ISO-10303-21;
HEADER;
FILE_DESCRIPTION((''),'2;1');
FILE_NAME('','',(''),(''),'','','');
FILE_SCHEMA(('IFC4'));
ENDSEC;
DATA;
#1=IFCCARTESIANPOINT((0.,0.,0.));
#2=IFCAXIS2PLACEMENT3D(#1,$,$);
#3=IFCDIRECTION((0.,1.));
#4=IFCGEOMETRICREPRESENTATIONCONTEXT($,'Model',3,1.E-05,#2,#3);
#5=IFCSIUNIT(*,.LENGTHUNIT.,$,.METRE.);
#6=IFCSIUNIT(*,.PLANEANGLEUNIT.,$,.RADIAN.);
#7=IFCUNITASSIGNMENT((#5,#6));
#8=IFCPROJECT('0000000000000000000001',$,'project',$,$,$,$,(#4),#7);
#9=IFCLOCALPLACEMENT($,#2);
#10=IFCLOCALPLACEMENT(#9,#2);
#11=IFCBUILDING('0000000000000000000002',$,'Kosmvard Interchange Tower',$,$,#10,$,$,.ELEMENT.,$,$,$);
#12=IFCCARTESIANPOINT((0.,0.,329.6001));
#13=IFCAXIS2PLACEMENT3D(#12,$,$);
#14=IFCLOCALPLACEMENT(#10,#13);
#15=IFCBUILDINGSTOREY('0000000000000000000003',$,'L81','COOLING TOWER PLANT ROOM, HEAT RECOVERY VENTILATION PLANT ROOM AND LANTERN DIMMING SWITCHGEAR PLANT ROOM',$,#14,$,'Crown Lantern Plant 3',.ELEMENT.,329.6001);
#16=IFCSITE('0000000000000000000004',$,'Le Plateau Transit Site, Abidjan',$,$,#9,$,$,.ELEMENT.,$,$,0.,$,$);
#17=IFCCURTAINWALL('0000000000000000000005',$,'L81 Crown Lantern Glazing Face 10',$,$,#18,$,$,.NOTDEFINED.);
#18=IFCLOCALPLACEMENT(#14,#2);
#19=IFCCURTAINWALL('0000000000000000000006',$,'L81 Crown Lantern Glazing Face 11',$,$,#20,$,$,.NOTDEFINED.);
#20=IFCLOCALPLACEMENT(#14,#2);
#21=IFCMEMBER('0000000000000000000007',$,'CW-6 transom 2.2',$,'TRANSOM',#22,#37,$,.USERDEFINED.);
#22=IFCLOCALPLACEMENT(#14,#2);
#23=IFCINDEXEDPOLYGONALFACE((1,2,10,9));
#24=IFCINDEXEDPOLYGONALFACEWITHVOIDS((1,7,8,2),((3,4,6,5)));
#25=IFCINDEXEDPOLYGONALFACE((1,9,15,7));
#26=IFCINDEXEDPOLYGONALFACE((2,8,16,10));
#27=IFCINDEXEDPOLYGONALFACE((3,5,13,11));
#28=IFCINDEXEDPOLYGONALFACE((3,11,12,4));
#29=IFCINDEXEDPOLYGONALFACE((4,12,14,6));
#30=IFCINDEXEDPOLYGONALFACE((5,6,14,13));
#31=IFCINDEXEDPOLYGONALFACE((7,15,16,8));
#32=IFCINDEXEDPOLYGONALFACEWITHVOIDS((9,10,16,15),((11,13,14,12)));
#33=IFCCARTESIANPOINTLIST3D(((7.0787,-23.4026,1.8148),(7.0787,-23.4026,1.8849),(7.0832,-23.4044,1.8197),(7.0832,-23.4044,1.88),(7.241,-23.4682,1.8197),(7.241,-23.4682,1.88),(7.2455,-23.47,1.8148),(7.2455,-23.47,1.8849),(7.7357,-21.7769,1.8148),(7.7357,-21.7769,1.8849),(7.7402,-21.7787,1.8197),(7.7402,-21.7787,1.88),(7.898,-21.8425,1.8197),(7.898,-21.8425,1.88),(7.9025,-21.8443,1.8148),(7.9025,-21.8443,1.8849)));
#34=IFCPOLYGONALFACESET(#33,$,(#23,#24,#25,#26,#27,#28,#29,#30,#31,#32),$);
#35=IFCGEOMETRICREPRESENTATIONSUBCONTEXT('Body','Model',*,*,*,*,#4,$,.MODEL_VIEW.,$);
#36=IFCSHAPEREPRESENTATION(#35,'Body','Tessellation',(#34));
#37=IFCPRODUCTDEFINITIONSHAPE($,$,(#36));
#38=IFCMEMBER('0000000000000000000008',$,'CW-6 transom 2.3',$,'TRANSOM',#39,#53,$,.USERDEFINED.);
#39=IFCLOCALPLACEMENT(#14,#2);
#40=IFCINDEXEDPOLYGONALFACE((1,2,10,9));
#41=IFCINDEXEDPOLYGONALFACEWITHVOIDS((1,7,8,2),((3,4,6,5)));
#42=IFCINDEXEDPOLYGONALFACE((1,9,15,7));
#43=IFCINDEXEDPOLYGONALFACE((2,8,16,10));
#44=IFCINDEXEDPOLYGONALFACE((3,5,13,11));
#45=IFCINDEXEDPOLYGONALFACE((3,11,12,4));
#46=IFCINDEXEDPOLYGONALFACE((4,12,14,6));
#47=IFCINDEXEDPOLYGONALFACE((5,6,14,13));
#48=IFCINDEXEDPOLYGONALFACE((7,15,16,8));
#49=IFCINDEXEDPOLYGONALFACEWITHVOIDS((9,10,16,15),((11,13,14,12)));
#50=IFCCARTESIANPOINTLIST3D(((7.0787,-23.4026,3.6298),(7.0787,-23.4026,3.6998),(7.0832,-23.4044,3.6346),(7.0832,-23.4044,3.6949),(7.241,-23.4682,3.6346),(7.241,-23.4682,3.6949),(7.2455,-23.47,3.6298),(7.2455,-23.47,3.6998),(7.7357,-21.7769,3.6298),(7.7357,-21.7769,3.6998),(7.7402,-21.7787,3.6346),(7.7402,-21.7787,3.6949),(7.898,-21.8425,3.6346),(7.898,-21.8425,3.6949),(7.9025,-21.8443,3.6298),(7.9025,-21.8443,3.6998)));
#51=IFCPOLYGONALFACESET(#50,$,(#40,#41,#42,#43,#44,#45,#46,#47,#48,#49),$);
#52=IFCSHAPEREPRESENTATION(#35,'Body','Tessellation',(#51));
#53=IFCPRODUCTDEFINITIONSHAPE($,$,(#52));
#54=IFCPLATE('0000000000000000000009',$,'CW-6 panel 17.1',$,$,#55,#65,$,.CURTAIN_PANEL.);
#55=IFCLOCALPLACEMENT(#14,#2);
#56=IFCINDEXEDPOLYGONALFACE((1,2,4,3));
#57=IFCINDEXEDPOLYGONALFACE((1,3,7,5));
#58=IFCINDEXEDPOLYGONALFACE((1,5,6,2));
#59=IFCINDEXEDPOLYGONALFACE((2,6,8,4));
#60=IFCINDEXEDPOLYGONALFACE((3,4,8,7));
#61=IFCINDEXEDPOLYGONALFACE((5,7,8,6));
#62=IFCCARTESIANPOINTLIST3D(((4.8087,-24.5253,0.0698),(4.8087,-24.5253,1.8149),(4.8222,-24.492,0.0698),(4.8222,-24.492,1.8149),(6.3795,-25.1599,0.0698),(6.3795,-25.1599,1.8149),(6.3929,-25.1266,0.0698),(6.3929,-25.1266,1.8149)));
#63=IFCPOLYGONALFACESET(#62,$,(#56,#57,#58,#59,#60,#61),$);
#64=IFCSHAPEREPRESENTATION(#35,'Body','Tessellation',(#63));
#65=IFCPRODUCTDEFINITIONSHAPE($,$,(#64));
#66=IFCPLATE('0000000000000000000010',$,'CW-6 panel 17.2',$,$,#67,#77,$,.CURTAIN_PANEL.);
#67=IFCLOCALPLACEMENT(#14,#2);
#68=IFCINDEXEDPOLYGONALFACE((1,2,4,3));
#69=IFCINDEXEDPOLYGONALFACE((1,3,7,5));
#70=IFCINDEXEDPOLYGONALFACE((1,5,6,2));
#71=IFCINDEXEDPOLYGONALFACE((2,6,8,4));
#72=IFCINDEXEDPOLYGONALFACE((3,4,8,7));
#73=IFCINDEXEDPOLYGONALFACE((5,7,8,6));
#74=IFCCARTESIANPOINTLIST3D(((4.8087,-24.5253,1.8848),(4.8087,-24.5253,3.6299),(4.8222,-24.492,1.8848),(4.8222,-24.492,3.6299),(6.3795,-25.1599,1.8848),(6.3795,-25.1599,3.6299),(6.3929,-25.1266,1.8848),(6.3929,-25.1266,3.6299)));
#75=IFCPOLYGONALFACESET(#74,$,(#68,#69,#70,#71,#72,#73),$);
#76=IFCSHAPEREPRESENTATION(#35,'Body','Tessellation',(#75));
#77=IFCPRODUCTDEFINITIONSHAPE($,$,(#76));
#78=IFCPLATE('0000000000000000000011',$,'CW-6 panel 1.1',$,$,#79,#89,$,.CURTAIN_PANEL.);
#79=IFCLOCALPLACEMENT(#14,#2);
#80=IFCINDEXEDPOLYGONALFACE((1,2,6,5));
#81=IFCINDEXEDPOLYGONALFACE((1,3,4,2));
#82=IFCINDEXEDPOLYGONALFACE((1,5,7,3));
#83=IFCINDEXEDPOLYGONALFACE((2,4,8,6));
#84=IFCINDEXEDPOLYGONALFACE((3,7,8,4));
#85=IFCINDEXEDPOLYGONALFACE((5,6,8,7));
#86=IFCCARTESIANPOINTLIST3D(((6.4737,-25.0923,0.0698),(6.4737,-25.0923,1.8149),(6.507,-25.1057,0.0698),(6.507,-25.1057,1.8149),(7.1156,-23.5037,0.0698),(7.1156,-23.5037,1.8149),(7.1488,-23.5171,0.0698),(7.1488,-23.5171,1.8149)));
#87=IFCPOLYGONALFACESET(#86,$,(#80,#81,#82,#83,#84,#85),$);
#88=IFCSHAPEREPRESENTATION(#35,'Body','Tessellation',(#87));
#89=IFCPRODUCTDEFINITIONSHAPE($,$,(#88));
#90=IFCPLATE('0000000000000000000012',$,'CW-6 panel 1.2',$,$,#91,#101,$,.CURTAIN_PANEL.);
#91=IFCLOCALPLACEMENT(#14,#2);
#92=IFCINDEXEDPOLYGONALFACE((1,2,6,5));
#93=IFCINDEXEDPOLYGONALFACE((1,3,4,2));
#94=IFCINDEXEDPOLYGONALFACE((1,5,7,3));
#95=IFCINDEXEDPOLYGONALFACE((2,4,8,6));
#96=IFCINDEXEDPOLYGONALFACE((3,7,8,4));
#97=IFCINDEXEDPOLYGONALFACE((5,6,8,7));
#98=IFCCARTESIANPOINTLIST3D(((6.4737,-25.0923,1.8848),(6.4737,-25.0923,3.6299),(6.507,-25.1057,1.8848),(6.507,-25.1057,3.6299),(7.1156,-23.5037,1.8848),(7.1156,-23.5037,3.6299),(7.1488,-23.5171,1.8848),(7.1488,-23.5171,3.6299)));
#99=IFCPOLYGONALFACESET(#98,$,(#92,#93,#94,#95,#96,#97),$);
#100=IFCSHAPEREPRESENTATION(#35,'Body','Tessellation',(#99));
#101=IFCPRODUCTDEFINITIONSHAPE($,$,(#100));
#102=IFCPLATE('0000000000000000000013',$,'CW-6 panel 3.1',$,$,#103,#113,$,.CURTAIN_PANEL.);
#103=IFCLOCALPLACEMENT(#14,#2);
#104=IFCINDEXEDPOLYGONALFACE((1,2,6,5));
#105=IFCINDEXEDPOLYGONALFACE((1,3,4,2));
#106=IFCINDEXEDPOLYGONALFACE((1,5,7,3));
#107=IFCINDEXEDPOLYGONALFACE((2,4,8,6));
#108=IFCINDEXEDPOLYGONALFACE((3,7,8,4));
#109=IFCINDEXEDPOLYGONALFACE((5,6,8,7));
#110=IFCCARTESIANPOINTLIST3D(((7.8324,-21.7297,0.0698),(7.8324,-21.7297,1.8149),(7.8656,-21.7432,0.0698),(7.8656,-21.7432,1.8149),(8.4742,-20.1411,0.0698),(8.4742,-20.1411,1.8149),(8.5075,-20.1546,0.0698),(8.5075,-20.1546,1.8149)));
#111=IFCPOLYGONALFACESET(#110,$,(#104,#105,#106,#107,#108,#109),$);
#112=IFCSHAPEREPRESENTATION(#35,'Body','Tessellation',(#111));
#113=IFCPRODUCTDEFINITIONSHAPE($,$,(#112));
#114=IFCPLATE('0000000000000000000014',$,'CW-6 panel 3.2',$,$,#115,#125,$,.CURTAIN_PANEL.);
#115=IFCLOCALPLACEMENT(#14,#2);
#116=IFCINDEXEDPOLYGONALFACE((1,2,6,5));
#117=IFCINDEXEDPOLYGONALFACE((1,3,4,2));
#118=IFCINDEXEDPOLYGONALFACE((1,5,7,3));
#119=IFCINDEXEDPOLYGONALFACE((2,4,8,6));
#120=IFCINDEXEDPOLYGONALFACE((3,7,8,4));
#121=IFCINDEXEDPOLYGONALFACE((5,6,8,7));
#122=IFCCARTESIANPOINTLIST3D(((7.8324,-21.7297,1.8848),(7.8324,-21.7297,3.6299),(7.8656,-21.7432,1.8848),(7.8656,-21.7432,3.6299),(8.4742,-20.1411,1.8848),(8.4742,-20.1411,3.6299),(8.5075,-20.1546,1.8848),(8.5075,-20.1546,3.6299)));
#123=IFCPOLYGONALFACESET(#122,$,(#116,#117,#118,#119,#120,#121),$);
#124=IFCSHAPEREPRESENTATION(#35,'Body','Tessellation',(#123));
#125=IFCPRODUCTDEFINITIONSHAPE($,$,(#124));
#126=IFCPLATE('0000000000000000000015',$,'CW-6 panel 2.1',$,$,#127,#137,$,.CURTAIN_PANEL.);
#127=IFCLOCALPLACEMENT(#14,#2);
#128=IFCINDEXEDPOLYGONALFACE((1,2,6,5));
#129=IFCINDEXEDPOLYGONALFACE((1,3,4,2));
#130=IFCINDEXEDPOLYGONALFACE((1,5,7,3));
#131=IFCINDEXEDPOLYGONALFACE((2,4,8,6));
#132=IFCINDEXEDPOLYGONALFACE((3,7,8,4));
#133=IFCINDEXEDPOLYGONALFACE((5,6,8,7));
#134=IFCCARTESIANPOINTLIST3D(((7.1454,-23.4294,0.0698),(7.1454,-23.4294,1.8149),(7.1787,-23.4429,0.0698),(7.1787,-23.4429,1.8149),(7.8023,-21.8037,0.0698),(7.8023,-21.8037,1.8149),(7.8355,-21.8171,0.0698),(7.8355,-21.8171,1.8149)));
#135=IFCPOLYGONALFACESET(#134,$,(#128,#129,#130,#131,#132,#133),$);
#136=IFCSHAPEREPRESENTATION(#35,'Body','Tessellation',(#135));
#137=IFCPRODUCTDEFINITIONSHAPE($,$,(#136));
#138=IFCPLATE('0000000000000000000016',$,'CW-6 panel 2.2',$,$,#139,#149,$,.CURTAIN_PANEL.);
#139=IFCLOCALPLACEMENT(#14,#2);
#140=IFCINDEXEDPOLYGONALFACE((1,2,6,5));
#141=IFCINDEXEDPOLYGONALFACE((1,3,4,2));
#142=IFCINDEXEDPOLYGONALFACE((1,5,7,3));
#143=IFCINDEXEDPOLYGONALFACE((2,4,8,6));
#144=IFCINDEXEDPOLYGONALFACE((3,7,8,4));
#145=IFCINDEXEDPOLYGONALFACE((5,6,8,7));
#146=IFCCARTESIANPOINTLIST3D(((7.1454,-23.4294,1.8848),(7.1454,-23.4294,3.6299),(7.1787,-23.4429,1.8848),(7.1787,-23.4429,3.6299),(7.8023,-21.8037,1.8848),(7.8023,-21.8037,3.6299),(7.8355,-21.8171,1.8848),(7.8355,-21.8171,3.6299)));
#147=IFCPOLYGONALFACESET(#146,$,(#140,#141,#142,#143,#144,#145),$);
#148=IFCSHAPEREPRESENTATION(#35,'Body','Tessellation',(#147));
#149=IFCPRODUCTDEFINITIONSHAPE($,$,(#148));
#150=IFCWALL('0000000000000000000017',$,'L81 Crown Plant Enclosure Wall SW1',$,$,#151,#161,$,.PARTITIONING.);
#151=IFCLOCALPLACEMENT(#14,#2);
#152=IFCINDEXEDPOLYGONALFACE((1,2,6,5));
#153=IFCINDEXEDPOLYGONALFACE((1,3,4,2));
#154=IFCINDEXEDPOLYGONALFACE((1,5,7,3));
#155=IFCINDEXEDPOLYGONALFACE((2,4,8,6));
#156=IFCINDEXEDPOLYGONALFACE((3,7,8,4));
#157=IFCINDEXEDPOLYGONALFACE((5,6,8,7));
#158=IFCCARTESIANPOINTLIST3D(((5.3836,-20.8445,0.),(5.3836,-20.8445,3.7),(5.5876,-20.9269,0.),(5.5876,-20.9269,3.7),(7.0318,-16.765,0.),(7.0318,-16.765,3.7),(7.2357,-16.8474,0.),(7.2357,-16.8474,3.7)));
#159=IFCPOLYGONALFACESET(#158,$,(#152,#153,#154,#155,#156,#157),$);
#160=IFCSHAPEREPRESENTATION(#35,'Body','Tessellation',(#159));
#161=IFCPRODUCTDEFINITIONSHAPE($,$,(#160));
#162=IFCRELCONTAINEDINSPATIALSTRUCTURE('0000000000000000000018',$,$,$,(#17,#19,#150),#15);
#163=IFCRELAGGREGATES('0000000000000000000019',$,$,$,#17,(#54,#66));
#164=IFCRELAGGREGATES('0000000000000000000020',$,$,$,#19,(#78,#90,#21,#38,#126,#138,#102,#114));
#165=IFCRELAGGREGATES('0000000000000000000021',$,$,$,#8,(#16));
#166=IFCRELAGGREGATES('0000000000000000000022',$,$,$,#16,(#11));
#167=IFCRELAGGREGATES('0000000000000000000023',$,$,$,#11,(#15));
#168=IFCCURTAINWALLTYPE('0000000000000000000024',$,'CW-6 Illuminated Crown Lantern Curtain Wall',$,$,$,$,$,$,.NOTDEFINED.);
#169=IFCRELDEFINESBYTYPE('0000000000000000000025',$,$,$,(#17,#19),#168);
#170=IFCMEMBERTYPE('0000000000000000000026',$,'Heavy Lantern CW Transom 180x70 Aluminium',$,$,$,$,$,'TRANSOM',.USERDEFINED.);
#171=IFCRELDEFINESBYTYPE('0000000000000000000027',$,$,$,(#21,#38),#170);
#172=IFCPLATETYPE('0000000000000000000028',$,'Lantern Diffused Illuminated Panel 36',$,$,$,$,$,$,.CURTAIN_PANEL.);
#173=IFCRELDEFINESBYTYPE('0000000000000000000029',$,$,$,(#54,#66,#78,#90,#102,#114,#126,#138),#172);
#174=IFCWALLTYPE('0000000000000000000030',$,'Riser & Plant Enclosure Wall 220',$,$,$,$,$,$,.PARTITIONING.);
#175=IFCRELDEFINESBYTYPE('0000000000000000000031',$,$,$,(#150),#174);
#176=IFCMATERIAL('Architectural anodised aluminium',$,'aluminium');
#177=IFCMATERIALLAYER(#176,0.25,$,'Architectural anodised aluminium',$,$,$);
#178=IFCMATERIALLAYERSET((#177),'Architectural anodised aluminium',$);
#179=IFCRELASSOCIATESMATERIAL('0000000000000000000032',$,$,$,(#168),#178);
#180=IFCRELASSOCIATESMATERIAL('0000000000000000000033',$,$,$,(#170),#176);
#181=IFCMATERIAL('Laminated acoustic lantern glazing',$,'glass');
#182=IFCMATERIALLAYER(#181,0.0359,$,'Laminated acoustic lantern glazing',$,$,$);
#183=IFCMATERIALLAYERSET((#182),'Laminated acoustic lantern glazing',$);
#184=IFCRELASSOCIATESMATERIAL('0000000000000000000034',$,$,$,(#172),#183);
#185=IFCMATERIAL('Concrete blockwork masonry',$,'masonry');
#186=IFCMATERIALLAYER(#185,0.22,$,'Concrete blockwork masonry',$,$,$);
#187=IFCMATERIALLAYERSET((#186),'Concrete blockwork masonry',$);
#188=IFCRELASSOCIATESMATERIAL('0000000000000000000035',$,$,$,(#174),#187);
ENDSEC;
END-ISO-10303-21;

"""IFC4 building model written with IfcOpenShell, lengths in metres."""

from ifc_helpers import new_model, si_unit, direction, frame, frame_2d, origin, origin_2d, place, context, subcontext, project, spatial, rectangle, hollow_rectangle, extrude, source, transform, mapped, material, layer, layer_set, material_profile, profile_set, type_object, element, aggregate, save


model = new_model("IFC4")

# Units and contexts
model_context = context("Model", 3, precision=1e-05, world=origin(), true_north=direction((0.0, 1.0)))
body_context = subcontext(model_context, "Body", "Model", "MODEL_VIEW")
ifc_project = project(units=[si_unit("LENGTHUNIT", "METRE"), si_unit("PLANEANGLEUNIT", "RADIAN")], contexts=[model_context])

# Site, building, storey
site_placement = place(None, origin())
site = spatial("IfcSite", under=ifc_project, at=site_placement, Name="Le Plateau Transit Site, Abidjan", CompositionType="ELEMENT", RefElevation=0.0)
building_placement = place(site_placement, origin())
building = spatial("IfcBuilding", under=site, at=building_placement, Name="Kosmvard Interchange Tower", CompositionType="ELEMENT")
storey_placement = place(building_placement, frame((0.0, 0.0, 329.6001)))
storey = spatial("IfcBuildingStorey", under=building, at=storey_placement, Name="L81", Description="COOLING TOWER PLANT ROOM, HEAT RECOVERY VENTILATION PLANT ROOM AND LANTERN DIMMING SWITCHGEAR PLANT ROOM", LongName="Crown Lantern Plant 3", CompositionType="ELEMENT", Elevation=329.6001)

# Curtain wall
ifc_material_1 = material(Name="Architectural anodised aluminium", Category="aluminium")
ifc_layer_1 = layer(ifc_material_1, 0.25, Name="Architectural anodised aluminium")
ifc_layer_set_1 = layer_set([ifc_layer_1], Name="Architectural anodised aluminium")
curtain_wall_type = type_object("IfcCurtainWallType", Name="CW-6 Illuminated Crown Lantern Curtain Wall", PredefinedType="NOTDEFINED", material=ifc_layer_set_1)
curtain_wall_1_placement = place(storey_placement, origin())
curtain_wall_1 = element("IfcCurtainWall", 1, at=curtain_wall_1_placement, inside=storey, type_object=curtain_wall_type, Name="L81 Crown Lantern Glazing Face 10", PredefinedType="NOTDEFINED")

# Curtain wall, members
curtain_wall_2_placement = place(storey_placement, origin())
curtain_wall_2 = element("IfcCurtainWall", 2, at=curtain_wall_2_placement, inside=storey, type_object=curtain_wall_type, Name="L81 Crown Lantern Glazing Face 11", PredefinedType="NOTDEFINED")
ifc_material_profile_1 = material_profile(ifc_material_1, hollow_rectangle(XDim=0.1799, YDim=0.0701, WallThickness=0.0049, at=origin_2d()), Name="CWT 180x70x5")
ifc_profile_set_1 = profile_set([ifc_material_profile_1], Name="Architectural anodised aluminium")
member_type_1 = type_object("IfcMemberType", Name="Heavy Lantern CW Transom 180x70 Aluminium", ElementType="TRANSOM", PredefinedType="USERDEFINED", material=ifc_profile_set_1)
shared_shape_1 = source(origin(), body_context, "Body", "SweptSolid", [
    extrude(hollow_rectangle(XDim=0.1799, YDim=0.0701, WallThickness=0.0049, at=origin_2d()), origin(), (0.0, 0.0, 1.0), 1.7534),
])
member_1_placement = place(storey_placement, frame((7.1621, -23.4363, 1.8499), z_axis=(0.374677, 0.927155, 0.0), x_axis=(-0.927155, 0.374677, 0.0)))
member_1 = element("IfcMember", 3, at=member_1_placement, type_object=member_type_1, Name="CW-6 transom 2.2", ObjectType="TRANSOM", PredefinedType="USERDEFINED", context=body_context, shape_type="MappedRepresentation", body=[
    mapped(shared_shape_1, transform((0.0, 0.0, 0.0), scale=1.0)),
])
member_2_placement = place(storey_placement, frame((7.1621, -23.4363, 3.6648), z_axis=(0.374677, 0.927155, 0.0), x_axis=(-0.927155, 0.374677, 0.0)))
member_2 = element("IfcMember", 4, at=member_2_placement, type_object=member_type_1, Name="CW-6 transom 2.3", ObjectType="TRANSOM", PredefinedType="USERDEFINED", context=body_context, shape_type="MappedRepresentation", body=[
    mapped(shared_shape_1, transform((0.0, 0.0, 0.0), scale=1.0)),
])

# Plates
ifc_material_2 = material(Name="Laminated acoustic lantern glazing", Category="glass")
ifc_layer_2 = layer(ifc_material_2, 0.0359, Name="Laminated acoustic lantern glazing")
ifc_layer_set_2 = layer_set([ifc_layer_2], Name="Laminated acoustic lantern glazing")
plate_type = type_object("IfcPlateType", Name="Lantern Diffused Illuminated Panel 36", PredefinedType="CURTAIN_PANEL", material=ifc_layer_set_2)
shared_shape_2 = source(origin(), body_context, "Body", "SweptSolid", [
    extrude(rectangle(XDim=1.6941, YDim=0.0359, at=origin_2d()), origin(), (0.0, 0.0, 1.0), 1.7451),
])
plate_1_placement = place(storey_placement, frame((5.6008, -24.8259, 0.0698), z_axis=(0.0, 0.0, 1.0), x_axis=(0.927184, -0.374607, 0.0)))
plate_1 = element("IfcPlate", 5, at=plate_1_placement, type_object=plate_type, Name="CW-6 panel 17.1", PredefinedType="CURTAIN_PANEL", context=body_context, shape_type="MappedRepresentation", body=[
    mapped(shared_shape_2, transform((0.0, 0.0, 0.0), scale=1.0)),
])
plate_2_placement = place(storey_placement, frame((5.6008, -24.8259, 1.8848), z_axis=(0.0, 0.0, 1.0), x_axis=(0.927184, -0.374607, 0.0)))
plate_2 = element("IfcPlate", 6, at=plate_2_placement, type_object=plate_type, Name="CW-6 panel 17.2", PredefinedType="CURTAIN_PANEL", context=body_context, shape_type="MappedRepresentation", body=[
    mapped(shared_shape_2, transform((0.0, 0.0, 0.0), scale=1.0)),
])
aggregate(curtain_wall_1, [plate_1, plate_2])
shared_shape_3 = source(origin(), body_context, "Body", "SweptSolid", [
    extrude(rectangle(XDim=1.7134, YDim=0.0359, at=origin_2d()), origin(), (0.0, 0.0, 1.0), 1.7451),
])
plate_3_placement = place(storey_placement, frame((6.8113, -24.3047, 0.0698), z_axis=(0.0, 0.0, 1.0), x_axis=(0.374607, 0.927184, 0.0)))
plate_3 = element("IfcPlate", 7, at=plate_3_placement, type_object=plate_type, Name="CW-6 panel 1.1", PredefinedType="CURTAIN_PANEL", context=body_context, shape_type="MappedRepresentation", body=[
    mapped(shared_shape_3, transform((0.0, 0.0, 0.0), scale=1.0)),
])
plate_4_placement = place(storey_placement, frame((6.8113, -24.3047, 1.8848), z_axis=(0.0, 0.0, 1.0), x_axis=(0.374607, 0.927184, 0.0)))
plate_4 = element("IfcPlate", 8, at=plate_4_placement, type_object=plate_type, Name="CW-6 panel 1.2", PredefinedType="CURTAIN_PANEL", context=body_context, shape_type="MappedRepresentation", body=[
    mapped(shared_shape_3, transform((0.0, 0.0, 0.0), scale=1.0)),
])
plate_5_placement = place(storey_placement, frame((8.1699, -20.9421, 0.0698), z_axis=(0.0, 0.0, 1.0), x_axis=(0.374607, 0.927184, 0.0)))
plate_5 = element("IfcPlate", 9, at=plate_5_placement, type_object=plate_type, Name="CW-6 panel 3.1", PredefinedType="CURTAIN_PANEL", context=body_context, shape_type="MappedRepresentation", body=[
    mapped(shared_shape_3, transform((0.0, 0.0, 0.0), scale=1.0)),
])
plate_6_placement = place(storey_placement, frame((8.1699, -20.9421, 1.8848), z_axis=(0.0, 0.0, 1.0), x_axis=(0.374607, 0.927184, 0.0)))
plate_6 = element("IfcPlate", 10, at=plate_6_placement, type_object=plate_type, Name="CW-6 panel 3.2", PredefinedType="CURTAIN_PANEL", context=body_context, shape_type="MappedRepresentation", body=[
    mapped(shared_shape_3, transform((0.0, 0.0, 0.0), scale=1.0)),
])
shared_shape_4 = source(origin(), body_context, "Body", "SweptSolid", [
    extrude(rectangle(XDim=1.7534, YDim=0.0359, at=origin_2d()), origin(), (0.0, 0.0, 1.0), 1.7451),
])
plate_7_placement = place(storey_placement, frame((7.4905, -22.6233, 0.0698), z_axis=(0.0, 0.0, 1.0), x_axis=(0.374607, 0.927184, 0.0)))
plate_7 = element("IfcPlate", 11, at=plate_7_placement, type_object=plate_type, Name="CW-6 panel 2.1", PredefinedType="CURTAIN_PANEL", context=body_context, shape_type="MappedRepresentation", body=[
    mapped(shared_shape_4, transform((0.0, 0.0, 0.0), scale=1.0)),
])
plate_8_placement = place(storey_placement, frame((7.4905, -22.6233, 1.8848), z_axis=(0.0, 0.0, 1.0), x_axis=(0.374607, 0.927184, 0.0)))
plate_8 = element("IfcPlate", 12, at=plate_8_placement, type_object=plate_type, Name="CW-6 panel 2.2", PredefinedType="CURTAIN_PANEL", context=body_context, shape_type="MappedRepresentation", body=[
    mapped(shared_shape_4, transform((0.0, 0.0, 0.0), scale=1.0)),
])
aggregate(curtain_wall_2, [plate_3, plate_4, member_1, member_2, plate_7, plate_8, plate_5, plate_6])

# Wall
ifc_material_3 = material(Name="Concrete blockwork masonry", Category="masonry")
ifc_layer_3 = layer(ifc_material_3, 0.22, Name="Concrete blockwork masonry")
ifc_layer_set_3 = layer_set([ifc_layer_3], Name="Concrete blockwork masonry")
wall_type = type_object("IfcWallType", Name="Riser & Plant Enclosure Wall 220", PredefinedType="PARTITIONING", material=ifc_layer_set_3)
wall_placement = place(storey_placement, frame((5.4856, -20.8857, 0.0), z_axis=(0.0, 0.0, 1.0), x_axis=(0.374593, 0.927189, 0.0)))
element("IfcWall", 13, at=wall_placement, inside=storey, type_object=wall_type, Name="L81 Crown Plant Enclosure Wall SW1", PredefinedType="PARTITIONING", context=body_context, shape_type="SweptSolid", body=[
    extrude(rectangle(XDim=4.3999, YDim=0.22, at=frame_2d((2.2, 0.0))), origin(), (0.0, 0.0, 1.0), 3.7),
])

save(model, "model.ifc")
